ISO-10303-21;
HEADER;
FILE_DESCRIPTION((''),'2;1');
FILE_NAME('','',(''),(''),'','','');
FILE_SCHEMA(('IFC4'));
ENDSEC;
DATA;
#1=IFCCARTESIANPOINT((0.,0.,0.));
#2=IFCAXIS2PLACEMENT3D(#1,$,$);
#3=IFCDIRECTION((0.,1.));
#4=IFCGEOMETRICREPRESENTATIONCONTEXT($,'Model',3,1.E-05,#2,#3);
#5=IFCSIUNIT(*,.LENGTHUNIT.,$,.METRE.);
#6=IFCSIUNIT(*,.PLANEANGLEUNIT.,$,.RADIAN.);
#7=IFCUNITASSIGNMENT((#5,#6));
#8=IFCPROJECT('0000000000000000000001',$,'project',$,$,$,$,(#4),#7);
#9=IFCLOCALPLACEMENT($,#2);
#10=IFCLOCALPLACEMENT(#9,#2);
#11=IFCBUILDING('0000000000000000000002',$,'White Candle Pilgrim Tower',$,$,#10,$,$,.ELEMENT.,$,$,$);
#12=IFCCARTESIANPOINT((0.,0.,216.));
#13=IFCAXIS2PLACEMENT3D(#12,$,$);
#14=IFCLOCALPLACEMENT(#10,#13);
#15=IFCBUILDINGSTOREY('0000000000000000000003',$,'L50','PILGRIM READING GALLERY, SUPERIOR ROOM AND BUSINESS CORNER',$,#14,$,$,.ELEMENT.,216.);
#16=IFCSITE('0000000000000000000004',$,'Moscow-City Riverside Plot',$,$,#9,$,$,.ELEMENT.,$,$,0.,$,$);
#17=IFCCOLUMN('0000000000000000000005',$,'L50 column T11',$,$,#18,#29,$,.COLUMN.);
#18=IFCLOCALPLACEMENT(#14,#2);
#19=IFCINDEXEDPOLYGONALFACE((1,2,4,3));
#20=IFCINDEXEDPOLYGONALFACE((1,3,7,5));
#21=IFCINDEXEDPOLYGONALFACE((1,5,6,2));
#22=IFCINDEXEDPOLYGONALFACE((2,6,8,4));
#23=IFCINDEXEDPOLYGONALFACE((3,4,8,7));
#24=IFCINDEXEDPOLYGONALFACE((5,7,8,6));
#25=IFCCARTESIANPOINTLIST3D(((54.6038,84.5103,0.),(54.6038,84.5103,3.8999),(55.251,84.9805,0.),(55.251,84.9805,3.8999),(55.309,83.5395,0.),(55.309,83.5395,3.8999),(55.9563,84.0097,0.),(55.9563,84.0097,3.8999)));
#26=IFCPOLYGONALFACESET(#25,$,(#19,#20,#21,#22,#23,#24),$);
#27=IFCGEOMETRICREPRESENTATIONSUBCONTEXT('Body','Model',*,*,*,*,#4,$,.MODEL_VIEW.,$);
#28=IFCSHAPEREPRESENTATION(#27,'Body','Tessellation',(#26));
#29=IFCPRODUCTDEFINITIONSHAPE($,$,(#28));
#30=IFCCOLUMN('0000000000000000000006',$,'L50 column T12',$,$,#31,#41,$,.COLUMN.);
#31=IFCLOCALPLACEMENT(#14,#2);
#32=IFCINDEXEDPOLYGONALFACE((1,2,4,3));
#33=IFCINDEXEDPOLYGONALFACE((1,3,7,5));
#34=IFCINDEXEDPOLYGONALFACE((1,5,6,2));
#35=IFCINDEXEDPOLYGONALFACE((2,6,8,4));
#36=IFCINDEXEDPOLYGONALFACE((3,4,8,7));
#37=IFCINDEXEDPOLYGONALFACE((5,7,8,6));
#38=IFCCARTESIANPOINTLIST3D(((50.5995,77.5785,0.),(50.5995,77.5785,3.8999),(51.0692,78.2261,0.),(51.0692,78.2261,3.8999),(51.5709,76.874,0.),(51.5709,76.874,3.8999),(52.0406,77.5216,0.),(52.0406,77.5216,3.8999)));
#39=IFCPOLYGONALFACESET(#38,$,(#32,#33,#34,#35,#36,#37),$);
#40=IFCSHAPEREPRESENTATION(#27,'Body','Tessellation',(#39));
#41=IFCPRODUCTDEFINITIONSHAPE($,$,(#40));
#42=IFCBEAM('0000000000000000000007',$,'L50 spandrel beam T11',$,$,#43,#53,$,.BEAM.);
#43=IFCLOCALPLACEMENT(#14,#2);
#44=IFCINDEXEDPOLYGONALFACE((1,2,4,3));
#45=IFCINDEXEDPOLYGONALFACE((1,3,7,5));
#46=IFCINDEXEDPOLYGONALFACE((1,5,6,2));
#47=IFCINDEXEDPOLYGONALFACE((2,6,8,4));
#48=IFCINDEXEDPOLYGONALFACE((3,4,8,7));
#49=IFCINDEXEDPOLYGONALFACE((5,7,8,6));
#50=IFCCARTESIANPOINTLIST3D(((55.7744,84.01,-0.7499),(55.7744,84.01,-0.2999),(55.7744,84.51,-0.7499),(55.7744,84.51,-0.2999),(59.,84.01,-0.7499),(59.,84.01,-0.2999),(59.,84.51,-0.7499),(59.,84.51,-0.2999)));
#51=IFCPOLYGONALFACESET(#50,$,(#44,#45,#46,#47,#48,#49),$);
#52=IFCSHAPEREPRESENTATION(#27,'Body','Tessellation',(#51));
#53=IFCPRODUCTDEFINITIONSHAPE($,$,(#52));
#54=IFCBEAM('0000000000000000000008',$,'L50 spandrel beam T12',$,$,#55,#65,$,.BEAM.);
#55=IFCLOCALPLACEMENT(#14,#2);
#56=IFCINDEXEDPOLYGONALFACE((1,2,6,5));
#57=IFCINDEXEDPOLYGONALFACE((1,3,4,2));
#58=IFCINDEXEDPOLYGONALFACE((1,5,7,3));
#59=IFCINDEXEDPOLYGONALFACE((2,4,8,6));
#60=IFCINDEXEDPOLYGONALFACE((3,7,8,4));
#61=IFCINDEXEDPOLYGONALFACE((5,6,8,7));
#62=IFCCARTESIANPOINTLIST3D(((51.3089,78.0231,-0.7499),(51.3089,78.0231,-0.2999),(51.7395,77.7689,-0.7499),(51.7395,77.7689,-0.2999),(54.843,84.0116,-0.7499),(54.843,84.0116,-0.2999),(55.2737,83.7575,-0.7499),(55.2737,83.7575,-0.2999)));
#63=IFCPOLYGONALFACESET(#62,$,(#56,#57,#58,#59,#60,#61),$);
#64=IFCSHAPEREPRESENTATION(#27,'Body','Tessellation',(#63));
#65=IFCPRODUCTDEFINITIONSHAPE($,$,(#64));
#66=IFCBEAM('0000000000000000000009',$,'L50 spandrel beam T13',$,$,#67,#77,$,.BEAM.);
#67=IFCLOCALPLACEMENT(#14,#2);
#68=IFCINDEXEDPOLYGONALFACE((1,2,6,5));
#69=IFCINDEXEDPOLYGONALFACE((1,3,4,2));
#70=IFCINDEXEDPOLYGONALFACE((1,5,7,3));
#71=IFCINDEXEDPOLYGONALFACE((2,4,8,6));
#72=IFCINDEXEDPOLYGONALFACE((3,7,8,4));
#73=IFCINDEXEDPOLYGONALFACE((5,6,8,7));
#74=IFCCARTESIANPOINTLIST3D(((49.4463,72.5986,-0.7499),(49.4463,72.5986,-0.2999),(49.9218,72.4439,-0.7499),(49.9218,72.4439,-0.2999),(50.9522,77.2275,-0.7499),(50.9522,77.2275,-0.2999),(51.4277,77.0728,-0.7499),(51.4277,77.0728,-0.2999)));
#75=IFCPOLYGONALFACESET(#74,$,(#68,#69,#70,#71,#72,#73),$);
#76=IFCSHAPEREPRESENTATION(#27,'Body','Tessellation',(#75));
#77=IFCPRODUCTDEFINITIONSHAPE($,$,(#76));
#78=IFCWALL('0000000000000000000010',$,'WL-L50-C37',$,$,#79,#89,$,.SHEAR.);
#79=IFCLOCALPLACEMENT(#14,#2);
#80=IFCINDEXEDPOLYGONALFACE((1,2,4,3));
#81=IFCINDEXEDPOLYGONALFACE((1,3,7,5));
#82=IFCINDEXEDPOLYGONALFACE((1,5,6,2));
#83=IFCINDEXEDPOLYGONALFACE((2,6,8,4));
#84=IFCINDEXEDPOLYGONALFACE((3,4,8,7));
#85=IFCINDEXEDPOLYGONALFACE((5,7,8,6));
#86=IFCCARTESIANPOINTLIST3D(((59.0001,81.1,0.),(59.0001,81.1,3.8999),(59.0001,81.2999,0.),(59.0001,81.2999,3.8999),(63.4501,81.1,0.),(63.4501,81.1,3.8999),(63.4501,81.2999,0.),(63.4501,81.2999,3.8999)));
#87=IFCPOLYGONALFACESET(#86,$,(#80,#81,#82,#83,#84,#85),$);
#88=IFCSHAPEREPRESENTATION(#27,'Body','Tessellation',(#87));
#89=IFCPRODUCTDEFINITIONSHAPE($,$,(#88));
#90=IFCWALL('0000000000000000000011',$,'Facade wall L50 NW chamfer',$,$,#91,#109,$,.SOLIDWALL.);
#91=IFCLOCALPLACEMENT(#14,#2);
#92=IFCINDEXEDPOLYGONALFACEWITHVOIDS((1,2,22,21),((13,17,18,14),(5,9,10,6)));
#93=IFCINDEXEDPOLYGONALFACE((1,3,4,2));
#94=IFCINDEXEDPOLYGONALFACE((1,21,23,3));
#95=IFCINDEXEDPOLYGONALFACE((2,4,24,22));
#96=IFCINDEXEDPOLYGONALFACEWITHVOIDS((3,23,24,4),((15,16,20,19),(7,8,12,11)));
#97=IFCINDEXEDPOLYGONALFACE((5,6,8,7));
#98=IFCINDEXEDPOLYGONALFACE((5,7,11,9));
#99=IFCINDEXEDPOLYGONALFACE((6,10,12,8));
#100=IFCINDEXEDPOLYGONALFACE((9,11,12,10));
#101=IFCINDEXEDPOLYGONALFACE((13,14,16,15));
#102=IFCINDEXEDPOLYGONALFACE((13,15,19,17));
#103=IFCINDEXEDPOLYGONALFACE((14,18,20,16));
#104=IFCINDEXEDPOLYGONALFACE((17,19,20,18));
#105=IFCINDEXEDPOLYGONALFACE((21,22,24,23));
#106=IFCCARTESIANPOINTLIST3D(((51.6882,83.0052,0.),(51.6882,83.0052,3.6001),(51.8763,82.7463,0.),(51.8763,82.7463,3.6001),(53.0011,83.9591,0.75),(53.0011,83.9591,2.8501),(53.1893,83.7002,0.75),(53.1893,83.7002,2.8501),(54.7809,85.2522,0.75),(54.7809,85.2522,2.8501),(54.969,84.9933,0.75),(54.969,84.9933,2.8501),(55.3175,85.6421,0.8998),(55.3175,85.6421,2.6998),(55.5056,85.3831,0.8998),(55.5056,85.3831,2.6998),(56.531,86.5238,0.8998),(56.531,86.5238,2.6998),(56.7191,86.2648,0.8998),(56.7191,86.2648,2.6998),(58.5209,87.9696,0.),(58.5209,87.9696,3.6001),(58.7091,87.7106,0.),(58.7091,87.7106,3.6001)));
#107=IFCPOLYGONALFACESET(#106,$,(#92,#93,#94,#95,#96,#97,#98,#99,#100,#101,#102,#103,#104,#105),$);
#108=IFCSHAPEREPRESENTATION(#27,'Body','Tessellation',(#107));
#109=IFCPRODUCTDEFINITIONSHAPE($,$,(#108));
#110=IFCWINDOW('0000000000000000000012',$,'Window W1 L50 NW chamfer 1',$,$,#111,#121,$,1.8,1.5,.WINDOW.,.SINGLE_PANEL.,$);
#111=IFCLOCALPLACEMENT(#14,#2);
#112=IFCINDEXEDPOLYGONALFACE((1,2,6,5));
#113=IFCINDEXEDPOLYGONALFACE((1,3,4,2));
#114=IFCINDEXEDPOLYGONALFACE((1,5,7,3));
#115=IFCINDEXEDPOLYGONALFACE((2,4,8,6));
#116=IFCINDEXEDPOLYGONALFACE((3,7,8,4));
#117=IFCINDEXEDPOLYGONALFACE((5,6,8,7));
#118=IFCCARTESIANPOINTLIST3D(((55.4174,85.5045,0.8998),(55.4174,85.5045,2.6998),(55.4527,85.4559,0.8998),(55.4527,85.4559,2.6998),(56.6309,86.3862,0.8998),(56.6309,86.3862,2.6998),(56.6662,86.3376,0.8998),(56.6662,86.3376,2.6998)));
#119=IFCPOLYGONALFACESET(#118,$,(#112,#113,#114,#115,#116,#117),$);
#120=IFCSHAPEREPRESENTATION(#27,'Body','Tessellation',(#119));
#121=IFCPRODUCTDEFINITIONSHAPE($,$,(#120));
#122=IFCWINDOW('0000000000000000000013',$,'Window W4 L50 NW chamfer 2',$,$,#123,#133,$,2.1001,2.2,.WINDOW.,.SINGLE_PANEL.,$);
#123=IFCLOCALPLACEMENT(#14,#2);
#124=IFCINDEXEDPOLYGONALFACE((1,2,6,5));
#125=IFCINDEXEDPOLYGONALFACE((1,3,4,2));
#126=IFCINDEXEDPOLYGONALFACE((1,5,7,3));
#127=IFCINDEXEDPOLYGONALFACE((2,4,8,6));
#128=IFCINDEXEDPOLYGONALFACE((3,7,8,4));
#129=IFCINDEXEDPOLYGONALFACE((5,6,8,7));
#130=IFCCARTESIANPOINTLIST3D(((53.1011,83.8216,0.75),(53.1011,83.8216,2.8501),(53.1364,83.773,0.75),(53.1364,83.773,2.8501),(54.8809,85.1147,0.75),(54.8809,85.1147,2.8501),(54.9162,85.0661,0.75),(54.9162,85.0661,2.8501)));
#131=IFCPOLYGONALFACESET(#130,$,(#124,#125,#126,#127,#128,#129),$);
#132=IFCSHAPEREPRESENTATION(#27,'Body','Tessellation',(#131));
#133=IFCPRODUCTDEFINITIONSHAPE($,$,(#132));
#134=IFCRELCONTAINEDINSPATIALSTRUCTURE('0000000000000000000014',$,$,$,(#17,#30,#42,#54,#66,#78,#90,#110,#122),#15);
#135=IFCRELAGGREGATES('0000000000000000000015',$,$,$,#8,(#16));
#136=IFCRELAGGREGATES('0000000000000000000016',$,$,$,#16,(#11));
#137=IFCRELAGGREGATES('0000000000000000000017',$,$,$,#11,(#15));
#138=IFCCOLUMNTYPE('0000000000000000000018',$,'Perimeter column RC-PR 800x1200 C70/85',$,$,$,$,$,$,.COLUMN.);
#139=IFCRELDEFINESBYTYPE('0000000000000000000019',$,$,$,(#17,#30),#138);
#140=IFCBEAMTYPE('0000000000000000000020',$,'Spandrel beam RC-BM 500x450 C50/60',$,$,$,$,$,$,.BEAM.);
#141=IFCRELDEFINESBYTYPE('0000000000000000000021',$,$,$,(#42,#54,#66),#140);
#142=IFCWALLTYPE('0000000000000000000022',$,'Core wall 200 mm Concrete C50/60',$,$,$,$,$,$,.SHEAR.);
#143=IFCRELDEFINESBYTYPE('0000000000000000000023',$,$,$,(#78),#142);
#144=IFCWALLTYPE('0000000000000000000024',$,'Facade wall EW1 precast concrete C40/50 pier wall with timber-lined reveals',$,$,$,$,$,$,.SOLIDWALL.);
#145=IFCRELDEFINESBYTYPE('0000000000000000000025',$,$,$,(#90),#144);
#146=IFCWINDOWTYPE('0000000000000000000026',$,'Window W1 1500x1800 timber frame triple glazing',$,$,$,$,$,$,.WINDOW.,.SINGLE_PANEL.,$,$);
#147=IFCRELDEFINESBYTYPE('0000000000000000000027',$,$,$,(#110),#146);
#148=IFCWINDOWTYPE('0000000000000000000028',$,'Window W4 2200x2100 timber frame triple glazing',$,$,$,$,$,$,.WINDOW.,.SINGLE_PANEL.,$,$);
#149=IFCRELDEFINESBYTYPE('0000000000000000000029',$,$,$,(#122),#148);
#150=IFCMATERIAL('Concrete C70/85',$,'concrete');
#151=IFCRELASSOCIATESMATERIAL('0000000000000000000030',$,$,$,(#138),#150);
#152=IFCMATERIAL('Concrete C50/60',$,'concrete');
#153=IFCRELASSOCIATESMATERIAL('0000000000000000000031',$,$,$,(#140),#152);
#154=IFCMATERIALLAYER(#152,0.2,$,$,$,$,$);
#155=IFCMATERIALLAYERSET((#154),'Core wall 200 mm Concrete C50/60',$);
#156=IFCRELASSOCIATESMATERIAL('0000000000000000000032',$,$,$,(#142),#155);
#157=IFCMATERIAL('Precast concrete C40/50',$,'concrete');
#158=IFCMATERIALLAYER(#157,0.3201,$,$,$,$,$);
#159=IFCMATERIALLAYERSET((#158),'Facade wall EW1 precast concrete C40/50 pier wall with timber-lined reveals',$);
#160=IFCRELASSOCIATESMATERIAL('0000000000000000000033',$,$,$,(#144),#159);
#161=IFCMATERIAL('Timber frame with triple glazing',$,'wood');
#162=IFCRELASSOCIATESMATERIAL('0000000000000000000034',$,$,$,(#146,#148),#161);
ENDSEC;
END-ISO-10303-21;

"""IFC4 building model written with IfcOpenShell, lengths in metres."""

from ifc_helpers import new_model, si_unit, direction, frame, frame_2d, origin, origin_2d, place, context, subcontext, project, spatial, rectangle, extrude, material, layer, layer_set, material_profile, profile_set, type_object, element, fill, save


model = new_model("IFC4")

# Units and contexts
model_context = context("Model", 3, precision=1e-05, world=origin(), true_north=direction((0.0, 1.0)))
body_context = subcontext(model_context, "Body", "Model", "MODEL_VIEW")
ifc_project = project(units=[si_unit("LENGTHUNIT", "METRE"), si_unit("PLANEANGLEUNIT", "RADIAN")], contexts=[model_context])

# Site, building, storey
site_placement = place(None, origin())
site = spatial("IfcSite", under=ifc_project, at=site_placement, Name="Moscow-City Riverside Plot", CompositionType="ELEMENT", RefElevation=0.0)
building_placement = place(site_placement, origin())
building = spatial("IfcBuilding", under=site, at=building_placement, Name="White Candle Pilgrim Tower", CompositionType="ELEMENT")
storey_placement = place(building_placement, frame((0.0, 0.0, 216.0)))
storey = spatial("IfcBuildingStorey", under=building, at=storey_placement, Name="L50", Description="PILGRIM READING GALLERY, SUPERIOR ROOM AND BUSINESS CORNER", CompositionType="ELEMENT", Elevation=216.0)

# Columns
ifc_material_1 = material(Name="Concrete C70/85", Category="concrete")
ifc_material_profile_1 = material_profile(ifc_material_1, rectangle(XDim=0.8, YDim=1.2, at=origin_2d()), Name="RC-PR 800x1200")
ifc_profile_set_1 = profile_set([ifc_material_profile_1], Name="Concrete C70/85")
column_type = type_object("IfcColumnType", Name="Perimeter column RC-PR 800x1200 C70/85", PredefinedType="COLUMN", material=ifc_profile_set_1)
for number, where, z_axis, x_axis, name in (
    (1, (55.28, 84.26, 0.0), (0.0, 0.0, 1.0), (0.809027, 0.587771, 0.0), "L50 column T11"),
    (2, (51.3201, 77.55, 0.0), (0.0, 0.0, 1.0), (0.587107, 0.809509, 0.0), "L50 column T12"),
):
    element("IfcColumn", number, at=place(storey_placement, frame(where, z_axis=z_axis, x_axis=x_axis)), inside=storey, type_object=column_type, Name=name, PredefinedType="COLUMN", context=body_context, shape_type="SweptSolid", body=[
        extrude(rectangle(XDim=0.8, YDim=1.2, at=origin_2d()), origin(), (0.0, 0.0, 1.0), 3.8999),
    ])

# Beams
ifc_material_2 = material(Name="Concrete C50/60", Category="concrete")
ifc_material_profile_2 = material_profile(ifc_material_2, rectangle(XDim=0.5, YDim=0.45, at=origin_2d()), Name="RC-BM 500x450")
ifc_profile_set_2 = profile_set([ifc_material_profile_2], Name="Concrete C50/60")
beam_type = type_object("IfcBeamType", Name="Spandrel beam RC-BM 500x450 C50/60", PredefinedType="BEAM", material=ifc_profile_set_2)
beam_1_placement = place(storey_placement, frame((55.7744, 84.26, -0.5249), z_axis=(1.0, 0.0, 0.0), x_axis=(0.0, 1.0, 0.0)))
element("IfcBeam", 3, at=beam_1_placement, inside=storey, type_object=beam_type, Name="L50 spandrel beam T11", PredefinedType="BEAM", context=body_context, shape_type="SweptSolid", body=[
    extrude(rectangle(XDim=0.5, YDim=0.45, at=origin_2d()), origin(), (0.0, 0.0, 1.0), 3.2256),
])
beam_2_placement = place(storey_placement, frame((55.0583, 83.8845, -0.5249), z_axis=(-0.50825, -0.861209, 0.0), x_axis=(0.861209, -0.50825, 0.0)))
element("IfcBeam", 4, at=beam_2_placement, inside=storey, type_object=beam_type, Name="L50 spandrel beam T12", PredefinedType="BEAM", context=body_context, shape_type="SweptSolid", body=[
    extrude(rectangle(XDim=0.5, YDim=0.45, at=origin_2d()), origin(), (0.0, 0.0, 1.0), 6.9536),
])
beam_3_placement = place(storey_placement, frame((51.1899, 77.1501, -0.5249), z_axis=(-0.309358, -0.950946, 0.0), x_axis=(0.950946, -0.309358, 0.0)))
element("IfcBeam", 5, at=beam_3_placement, inside=storey, type_object=beam_type, Name="L50 spandrel beam T13", PredefinedType="BEAM", context=body_context, shape_type="SweptSolid", body=[
    extrude(rectangle(XDim=0.5, YDim=0.45, at=origin_2d()), origin(), (0.0, 0.0, 1.0), 4.8677),
])

# Wall
ifc_layer_1 = layer(ifc_material_2, 0.2)
ifc_layer_set_1 = layer_set([ifc_layer_1], Name="Core wall 200 mm Concrete C50/60")
wall_type_1 = type_object("IfcWallType", Name="Core wall 200 mm Concrete C50/60", PredefinedType="SHEAR", material=ifc_layer_set_1)
wall_1_placement = place(storey_placement, frame((59.0, 81.2, 0.0), z_axis=(0.0, 0.0, 1.0), x_axis=(1.0, 0.0, 0.0)))
element("IfcWall", 6, at=wall_1_placement, inside=storey, type_object=wall_type_1, Name="WL-L50-C37", PredefinedType="SHEAR", context=body_context, shape_type="SweptSolid", body=[
    extrude(rectangle(XDim=4.45, YDim=0.2, at=frame_2d((2.2251, 0.0))), origin(), (0.0, 0.0, 1.0), 3.8999),
])

# Wall, openings, windows
ifc_material_3 = material(Name="Precast concrete C40/50", Category="concrete")
ifc_layer_2 = layer(ifc_material_3, 0.3201)
ifc_layer_set_2 = layer_set([ifc_layer_2], Name="Facade wall EW1 precast concrete C40/50 pier wall with timber-lined reveals")
wall_type_2 = type_object("IfcWallType", Name="Facade wall EW1 precast concrete C40/50 pier wall with timber-lined reveals", PredefinedType="SOLIDWALL", material=ifc_layer_set_2)
wall_2_placement = place(storey_placement, frame((58.615, 87.8401, 0.0), z_axis=(0.0, 0.0, 1.0), x_axis=(-0.809013, -0.58779, 0.0)))
wall_2 = element("IfcWall", 7, at=wall_2_placement, inside=storey, type_object=wall_type_2, Name="Facade wall L50 NW chamfer", PredefinedType="SOLIDWALL", context=body_context, shape_type="SweptSolid", body=[
    extrude(rectangle(XDim=8.4458, YDim=0.3201, at=frame_2d((4.2229, 0.0))), origin(), (0.0, 0.0, 1.0), 3.6001),
])
opening_1_placement = place(wall_2_placement, frame((2.4597, 0.0, 0.8999)))
opening_1 = element("IfcOpeningElement", 8, at=opening_1_placement, cuts=wall_2, PredefinedType="OPENING", context=body_context, shape_type="SweptSolid", body=[
    extrude(rectangle(XDim=1.5, YDim=1.8, at=frame_2d((0.75, 0.8999))), frame((0.0, 0.1699, 0.0), z_axis=(0.0, -1.0, 0.0), x_axis=(1.0, 0.0, 0.0)), (0.0, 0.0, 1.0), 0.3401),
])
opening_2_placement = place(wall_2_placement, frame((4.6228, 0.0, 0.75)))
opening_2 = element("IfcOpeningElement", 9, at=opening_2_placement, cuts=wall_2, PredefinedType="OPENING", context=body_context, shape_type="SweptSolid", body=[
    extrude(rectangle(XDim=2.2, YDim=2.1001, at=frame_2d((1.1001, 1.05))), frame((0.0, 0.1699, 0.0), z_axis=(0.0, -1.0, 0.0), x_axis=(1.0, 0.0, 0.0)), (0.0, 0.0, 1.0), 0.3401),
])
ifc_material_4 = material(Name="Timber frame with triple glazing", Category="wood")
window_type_1 = type_object("IfcWindowType", Name="Window W1 1500x1800 timber frame triple glazing", PartitioningType="SINGLE_PANEL", PredefinedType="WINDOW", material=ifc_material_4)
window_1_placement = place(opening_1_placement, origin())
window_1 = element("IfcWindow", 10, at=window_1_placement, inside=storey, type_object=window_type_1, Name="Window W1 L50 NW chamfer 1", OverallHeight=1.8, OverallWidth=1.5, PartitioningType="SINGLE_PANEL", PredefinedType="WINDOW", context=body_context, shape_type="SweptSolid", body=[
    extrude(rectangle(XDim=1.5, YDim=1.8, at=frame_2d((0.75, 0.8999))), frame((0.0, 0.0701, 0.0), z_axis=(0.0, -1.0, 0.0), x_axis=(1.0, 0.0, 0.0)), (0.0, 0.0, 1.0), 0.0601),
])
fill(opening_1, window_1)
window_type_2 = type_object("IfcWindowType", Name="Window W4 2200x2100 timber frame triple glazing", PartitioningType="SINGLE_PANEL", PredefinedType="WINDOW", material=ifc_material_4)
window_2_placement = place(opening_2_placement, origin())
window_2 = element("IfcWindow", 11, at=window_2_placement, inside=storey, type_object=window_type_2, Name="Window W4 L50 NW chamfer 2", OverallHeight=2.1001, OverallWidth=2.2, PartitioningType="SINGLE_PANEL", PredefinedType="WINDOW", context=body_context, shape_type="SweptSolid", body=[
    extrude(rectangle(XDim=2.2, YDim=2.1001, at=frame_2d((1.1001, 1.05))), frame((0.0, 0.0701, 0.0), z_axis=(0.0, -1.0, 0.0), x_axis=(1.0, 0.0, 0.0)), (0.0, 0.0, 1.0), 0.0601),
])
fill(opening_2, window_2)

save(model, "model.ifc")
